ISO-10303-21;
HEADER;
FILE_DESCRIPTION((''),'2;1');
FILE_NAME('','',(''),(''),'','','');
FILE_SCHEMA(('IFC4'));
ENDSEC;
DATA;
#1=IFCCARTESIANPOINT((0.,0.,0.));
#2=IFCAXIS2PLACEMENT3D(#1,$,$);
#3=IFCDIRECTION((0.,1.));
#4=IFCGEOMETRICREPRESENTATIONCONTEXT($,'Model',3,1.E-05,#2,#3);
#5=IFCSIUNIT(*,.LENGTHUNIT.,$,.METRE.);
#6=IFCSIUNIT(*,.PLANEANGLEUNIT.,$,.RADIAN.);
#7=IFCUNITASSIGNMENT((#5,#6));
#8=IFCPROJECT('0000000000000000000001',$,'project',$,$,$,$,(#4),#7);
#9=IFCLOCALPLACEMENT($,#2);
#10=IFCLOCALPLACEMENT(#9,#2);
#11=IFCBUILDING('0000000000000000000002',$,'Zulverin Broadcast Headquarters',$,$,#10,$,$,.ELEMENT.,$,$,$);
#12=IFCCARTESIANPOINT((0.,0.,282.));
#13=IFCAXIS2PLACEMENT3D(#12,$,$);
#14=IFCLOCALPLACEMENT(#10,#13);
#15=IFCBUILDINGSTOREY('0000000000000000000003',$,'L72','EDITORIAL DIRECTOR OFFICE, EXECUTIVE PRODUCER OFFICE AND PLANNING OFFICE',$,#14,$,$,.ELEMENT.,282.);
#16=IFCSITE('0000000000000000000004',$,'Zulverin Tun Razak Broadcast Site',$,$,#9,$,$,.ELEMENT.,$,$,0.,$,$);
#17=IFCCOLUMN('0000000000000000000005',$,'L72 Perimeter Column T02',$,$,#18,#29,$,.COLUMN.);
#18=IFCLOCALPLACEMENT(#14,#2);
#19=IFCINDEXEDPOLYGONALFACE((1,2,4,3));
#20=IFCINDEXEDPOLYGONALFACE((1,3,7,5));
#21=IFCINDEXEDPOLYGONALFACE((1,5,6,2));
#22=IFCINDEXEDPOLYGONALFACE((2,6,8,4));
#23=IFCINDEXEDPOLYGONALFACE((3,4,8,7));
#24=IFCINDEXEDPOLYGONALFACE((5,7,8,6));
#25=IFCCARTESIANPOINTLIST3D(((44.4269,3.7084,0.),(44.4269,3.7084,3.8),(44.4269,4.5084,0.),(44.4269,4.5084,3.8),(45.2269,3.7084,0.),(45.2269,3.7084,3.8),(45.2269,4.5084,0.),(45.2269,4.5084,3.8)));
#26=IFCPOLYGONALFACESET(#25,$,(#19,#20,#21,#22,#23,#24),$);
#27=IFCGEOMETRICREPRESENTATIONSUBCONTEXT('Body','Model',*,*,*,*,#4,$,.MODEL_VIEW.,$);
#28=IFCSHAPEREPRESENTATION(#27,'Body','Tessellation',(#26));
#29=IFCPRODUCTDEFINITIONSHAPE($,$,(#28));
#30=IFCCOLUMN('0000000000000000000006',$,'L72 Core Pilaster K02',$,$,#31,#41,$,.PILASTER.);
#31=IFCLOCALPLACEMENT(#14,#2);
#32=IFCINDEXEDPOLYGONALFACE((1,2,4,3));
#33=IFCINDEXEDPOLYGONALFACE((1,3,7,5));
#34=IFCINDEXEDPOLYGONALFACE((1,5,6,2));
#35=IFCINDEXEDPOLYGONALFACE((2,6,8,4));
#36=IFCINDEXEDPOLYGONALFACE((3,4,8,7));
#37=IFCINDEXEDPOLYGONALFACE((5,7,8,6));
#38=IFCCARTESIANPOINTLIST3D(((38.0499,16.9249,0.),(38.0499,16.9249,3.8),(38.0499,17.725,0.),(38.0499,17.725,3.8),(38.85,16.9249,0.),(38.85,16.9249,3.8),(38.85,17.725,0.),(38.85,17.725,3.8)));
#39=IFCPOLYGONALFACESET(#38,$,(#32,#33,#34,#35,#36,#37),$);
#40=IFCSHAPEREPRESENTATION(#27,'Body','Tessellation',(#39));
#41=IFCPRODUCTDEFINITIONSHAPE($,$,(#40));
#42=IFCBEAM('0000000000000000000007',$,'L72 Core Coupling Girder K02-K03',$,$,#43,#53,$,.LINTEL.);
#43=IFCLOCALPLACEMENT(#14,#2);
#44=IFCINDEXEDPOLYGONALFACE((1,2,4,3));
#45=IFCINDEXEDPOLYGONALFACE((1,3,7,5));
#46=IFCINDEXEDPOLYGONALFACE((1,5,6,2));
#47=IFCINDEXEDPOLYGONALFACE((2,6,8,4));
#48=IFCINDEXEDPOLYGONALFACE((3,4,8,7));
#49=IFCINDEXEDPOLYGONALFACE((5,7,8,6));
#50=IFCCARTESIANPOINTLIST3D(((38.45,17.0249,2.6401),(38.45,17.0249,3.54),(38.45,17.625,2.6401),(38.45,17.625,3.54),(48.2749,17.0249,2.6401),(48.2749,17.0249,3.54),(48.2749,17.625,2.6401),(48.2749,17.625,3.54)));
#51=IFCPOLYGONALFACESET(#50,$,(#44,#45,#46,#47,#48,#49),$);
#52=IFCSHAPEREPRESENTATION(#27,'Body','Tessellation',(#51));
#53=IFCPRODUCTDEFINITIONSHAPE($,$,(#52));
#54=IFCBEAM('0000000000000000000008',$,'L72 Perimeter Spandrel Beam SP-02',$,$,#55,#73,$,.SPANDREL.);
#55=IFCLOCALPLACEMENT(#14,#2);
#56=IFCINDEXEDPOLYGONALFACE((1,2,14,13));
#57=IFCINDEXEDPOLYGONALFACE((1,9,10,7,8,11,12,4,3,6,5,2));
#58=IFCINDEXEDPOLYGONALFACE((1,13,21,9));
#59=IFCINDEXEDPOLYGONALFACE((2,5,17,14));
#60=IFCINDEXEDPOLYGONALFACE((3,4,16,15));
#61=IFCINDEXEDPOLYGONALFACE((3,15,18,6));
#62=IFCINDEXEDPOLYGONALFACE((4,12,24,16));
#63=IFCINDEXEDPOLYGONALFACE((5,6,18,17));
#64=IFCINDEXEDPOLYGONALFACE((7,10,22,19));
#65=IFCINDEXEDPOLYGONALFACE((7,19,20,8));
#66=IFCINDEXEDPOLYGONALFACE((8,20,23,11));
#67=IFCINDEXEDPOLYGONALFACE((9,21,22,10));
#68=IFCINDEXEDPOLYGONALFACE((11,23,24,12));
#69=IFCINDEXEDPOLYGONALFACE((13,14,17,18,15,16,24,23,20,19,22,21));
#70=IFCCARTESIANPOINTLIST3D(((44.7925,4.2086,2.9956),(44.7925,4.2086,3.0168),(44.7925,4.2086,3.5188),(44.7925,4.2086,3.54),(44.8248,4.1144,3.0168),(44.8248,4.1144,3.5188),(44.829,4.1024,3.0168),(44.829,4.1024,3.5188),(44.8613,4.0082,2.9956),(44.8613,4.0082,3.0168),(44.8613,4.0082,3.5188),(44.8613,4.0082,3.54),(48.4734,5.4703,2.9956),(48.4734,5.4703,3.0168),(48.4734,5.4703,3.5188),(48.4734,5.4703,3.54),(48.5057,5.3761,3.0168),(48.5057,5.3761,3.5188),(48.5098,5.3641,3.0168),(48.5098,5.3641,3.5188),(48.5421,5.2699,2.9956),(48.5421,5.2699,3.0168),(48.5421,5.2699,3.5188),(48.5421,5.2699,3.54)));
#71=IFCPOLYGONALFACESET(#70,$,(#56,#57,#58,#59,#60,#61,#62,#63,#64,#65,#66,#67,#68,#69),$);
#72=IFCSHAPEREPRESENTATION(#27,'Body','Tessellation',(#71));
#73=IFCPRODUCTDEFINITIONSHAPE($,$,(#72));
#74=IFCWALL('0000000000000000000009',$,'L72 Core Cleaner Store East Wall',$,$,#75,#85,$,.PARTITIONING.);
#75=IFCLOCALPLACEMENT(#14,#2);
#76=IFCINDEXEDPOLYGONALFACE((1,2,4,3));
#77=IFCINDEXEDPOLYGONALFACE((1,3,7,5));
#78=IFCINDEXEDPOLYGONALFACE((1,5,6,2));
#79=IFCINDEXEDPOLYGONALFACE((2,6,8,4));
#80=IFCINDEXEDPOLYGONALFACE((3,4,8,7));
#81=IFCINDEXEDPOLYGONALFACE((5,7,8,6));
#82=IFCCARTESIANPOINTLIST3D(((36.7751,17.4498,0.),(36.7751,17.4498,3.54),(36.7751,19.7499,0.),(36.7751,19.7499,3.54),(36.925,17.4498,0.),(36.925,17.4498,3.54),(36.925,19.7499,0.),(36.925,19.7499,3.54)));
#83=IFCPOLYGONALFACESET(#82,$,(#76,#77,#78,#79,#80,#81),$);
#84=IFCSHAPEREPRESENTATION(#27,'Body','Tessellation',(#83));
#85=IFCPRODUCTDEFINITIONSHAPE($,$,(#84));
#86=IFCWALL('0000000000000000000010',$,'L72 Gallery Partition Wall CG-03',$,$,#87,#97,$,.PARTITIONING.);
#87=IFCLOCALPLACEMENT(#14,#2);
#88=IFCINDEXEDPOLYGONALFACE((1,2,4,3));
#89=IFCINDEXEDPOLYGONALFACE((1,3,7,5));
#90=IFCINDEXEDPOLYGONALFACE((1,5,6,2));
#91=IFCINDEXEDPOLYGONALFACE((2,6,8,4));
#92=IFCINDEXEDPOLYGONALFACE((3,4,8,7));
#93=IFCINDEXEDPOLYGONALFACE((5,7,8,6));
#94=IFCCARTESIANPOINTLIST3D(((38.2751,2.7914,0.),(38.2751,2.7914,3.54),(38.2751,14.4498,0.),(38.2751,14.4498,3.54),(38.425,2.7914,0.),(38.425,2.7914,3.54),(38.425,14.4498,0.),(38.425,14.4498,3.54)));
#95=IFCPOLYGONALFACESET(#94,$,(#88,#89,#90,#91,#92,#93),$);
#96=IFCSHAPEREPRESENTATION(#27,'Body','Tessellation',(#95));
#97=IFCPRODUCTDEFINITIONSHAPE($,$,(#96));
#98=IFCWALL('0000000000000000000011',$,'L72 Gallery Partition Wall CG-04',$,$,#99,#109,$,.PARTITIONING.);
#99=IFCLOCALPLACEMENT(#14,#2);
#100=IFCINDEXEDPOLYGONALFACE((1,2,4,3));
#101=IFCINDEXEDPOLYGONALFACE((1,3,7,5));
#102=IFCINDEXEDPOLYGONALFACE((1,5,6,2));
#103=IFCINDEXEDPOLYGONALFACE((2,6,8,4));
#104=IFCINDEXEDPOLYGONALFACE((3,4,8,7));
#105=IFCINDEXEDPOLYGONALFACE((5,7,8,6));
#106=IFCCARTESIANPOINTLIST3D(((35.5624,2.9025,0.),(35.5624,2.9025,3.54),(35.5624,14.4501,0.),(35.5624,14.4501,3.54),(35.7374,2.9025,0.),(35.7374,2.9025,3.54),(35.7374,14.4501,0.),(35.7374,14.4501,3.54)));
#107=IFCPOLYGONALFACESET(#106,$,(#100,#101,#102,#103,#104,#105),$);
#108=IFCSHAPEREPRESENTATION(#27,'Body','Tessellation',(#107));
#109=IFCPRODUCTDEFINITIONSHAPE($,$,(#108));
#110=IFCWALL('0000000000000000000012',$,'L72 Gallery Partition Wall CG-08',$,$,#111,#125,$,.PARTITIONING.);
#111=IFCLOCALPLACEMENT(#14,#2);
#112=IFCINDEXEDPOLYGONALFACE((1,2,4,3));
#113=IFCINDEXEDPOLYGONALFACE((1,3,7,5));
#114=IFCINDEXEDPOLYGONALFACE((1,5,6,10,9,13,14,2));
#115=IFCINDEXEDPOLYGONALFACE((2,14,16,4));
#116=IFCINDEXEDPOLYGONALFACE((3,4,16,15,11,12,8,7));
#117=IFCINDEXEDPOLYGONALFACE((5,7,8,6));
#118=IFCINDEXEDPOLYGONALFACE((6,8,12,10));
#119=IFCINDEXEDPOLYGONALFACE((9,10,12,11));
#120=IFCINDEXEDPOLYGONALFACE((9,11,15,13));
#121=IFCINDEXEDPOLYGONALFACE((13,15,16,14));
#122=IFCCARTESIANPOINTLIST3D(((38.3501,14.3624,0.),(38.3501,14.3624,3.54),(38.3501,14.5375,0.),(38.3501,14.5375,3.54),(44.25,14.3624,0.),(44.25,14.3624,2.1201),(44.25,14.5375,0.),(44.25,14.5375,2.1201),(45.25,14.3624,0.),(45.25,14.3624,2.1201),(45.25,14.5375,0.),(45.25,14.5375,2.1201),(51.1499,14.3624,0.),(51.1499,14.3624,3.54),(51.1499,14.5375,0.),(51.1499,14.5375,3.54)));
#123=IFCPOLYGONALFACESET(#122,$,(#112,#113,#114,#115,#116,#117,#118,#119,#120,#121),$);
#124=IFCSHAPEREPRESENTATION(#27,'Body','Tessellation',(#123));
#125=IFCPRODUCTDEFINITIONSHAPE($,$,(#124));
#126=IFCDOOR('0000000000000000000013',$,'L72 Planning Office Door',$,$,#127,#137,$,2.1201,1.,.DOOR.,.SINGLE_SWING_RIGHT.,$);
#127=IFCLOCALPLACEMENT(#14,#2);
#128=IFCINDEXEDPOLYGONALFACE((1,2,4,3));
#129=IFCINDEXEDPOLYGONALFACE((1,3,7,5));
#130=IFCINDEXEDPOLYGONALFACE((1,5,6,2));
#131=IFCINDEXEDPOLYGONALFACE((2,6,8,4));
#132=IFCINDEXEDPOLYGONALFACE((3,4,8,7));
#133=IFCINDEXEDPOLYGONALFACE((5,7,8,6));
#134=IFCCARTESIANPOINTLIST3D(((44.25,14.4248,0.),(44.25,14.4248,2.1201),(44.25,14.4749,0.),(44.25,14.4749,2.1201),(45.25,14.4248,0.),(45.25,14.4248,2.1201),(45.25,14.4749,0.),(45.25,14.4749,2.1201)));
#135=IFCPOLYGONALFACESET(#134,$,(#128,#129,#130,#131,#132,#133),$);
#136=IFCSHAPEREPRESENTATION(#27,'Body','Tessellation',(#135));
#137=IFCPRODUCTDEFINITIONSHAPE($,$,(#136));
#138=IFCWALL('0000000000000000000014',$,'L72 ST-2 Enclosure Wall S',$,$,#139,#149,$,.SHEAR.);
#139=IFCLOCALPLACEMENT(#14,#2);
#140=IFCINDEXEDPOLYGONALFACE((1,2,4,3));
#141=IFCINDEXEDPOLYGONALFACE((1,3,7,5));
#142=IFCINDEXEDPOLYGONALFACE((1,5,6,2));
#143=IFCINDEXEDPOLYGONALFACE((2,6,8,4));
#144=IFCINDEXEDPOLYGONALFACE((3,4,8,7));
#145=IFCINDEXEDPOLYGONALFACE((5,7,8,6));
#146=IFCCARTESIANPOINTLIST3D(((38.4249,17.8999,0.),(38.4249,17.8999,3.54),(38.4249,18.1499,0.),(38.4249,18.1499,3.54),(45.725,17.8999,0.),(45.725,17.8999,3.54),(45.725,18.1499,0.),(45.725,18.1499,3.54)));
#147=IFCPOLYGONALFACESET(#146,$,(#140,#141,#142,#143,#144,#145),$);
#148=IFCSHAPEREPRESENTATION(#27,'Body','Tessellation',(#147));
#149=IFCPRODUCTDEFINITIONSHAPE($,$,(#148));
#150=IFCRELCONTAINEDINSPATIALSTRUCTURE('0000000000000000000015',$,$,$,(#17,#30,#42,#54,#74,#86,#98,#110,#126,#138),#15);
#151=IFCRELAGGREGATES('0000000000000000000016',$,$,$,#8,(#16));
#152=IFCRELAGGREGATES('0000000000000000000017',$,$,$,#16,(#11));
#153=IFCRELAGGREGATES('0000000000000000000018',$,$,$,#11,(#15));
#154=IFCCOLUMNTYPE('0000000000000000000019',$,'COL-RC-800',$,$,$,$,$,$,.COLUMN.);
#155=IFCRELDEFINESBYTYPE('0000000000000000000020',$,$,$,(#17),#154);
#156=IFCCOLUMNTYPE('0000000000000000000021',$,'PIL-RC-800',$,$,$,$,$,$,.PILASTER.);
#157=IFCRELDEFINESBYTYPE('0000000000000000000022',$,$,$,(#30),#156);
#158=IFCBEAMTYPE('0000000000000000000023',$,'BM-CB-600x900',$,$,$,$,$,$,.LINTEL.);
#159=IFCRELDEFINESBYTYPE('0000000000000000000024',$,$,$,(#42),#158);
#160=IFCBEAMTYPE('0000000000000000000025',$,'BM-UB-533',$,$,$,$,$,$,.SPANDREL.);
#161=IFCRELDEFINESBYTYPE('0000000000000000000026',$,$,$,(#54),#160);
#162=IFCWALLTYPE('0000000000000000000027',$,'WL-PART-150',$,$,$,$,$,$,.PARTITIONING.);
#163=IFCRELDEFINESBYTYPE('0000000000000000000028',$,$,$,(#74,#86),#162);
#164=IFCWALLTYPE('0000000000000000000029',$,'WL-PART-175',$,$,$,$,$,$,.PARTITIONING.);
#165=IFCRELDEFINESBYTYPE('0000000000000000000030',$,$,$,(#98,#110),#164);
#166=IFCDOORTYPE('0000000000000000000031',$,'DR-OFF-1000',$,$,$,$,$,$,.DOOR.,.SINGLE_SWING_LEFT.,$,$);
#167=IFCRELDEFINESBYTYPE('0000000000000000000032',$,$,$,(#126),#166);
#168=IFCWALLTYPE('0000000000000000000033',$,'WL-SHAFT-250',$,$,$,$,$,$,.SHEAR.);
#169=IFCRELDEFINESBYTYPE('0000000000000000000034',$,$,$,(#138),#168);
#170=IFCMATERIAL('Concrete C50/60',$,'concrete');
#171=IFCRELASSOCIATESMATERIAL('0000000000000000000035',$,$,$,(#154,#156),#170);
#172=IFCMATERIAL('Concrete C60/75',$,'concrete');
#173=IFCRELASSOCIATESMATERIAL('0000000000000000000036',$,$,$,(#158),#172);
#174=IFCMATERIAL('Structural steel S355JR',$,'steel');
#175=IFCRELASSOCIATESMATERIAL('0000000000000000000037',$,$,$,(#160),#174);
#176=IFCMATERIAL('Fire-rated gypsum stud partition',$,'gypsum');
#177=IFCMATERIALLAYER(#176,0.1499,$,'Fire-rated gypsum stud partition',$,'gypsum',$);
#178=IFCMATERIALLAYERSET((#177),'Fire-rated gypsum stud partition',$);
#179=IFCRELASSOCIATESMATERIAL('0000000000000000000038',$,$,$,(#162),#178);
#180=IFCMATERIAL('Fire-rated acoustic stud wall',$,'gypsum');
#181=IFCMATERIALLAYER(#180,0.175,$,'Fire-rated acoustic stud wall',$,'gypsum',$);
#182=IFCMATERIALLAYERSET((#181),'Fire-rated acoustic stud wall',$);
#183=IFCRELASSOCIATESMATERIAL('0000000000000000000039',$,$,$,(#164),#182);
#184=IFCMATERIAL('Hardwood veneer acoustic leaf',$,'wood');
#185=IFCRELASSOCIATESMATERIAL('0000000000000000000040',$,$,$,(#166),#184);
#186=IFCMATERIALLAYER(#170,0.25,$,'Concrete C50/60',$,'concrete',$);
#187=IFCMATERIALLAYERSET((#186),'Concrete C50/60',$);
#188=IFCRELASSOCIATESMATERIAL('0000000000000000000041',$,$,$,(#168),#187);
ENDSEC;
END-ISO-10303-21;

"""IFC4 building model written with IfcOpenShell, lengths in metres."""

from ifc_helpers import new_model, si_unit, direction, frame, frame_2d, origin, origin_2d, place, context, subcontext, project, spatial, rectangle, i_section, extrude, material, layer, layer_set, material_profile, profile_set, type_object, element, fill, save


model = new_model("IFC4")

# Units and contexts
model_context = context("Model", 3, precision=1e-05, world=origin(), true_north=direction((0.0, 1.0)))
body_context = subcontext(model_context, "Body", "Model", "MODEL_VIEW")
ifc_project = project(units=[si_unit("LENGTHUNIT", "METRE"), si_unit("PLANEANGLEUNIT", "RADIAN")], contexts=[model_context])

# Site, building, storey
site_placement = place(None, origin())
site = spatial("IfcSite", under=ifc_project, at=site_placement, Name="Zulverin Tun Razak Broadcast Site", CompositionType="ELEMENT", RefElevation=0.0)
building_placement = place(site_placement, origin())
building = spatial("IfcBuilding", under=site, at=building_placement, Name="Zulverin Broadcast Headquarters", CompositionType="ELEMENT")
storey_placement = place(building_placement, frame((0.0, 0.0, 282.0)))
storey = spatial("IfcBuildingStorey", under=building, at=storey_placement, Name="L72", Description="EDITORIAL DIRECTOR OFFICE, EXECUTIVE PRODUCER OFFICE AND PLANNING OFFICE", CompositionType="ELEMENT", Elevation=282.0)

# Columns
ifc_material_1 = material(Name="Concrete C50/60", Category="concrete")
ifc_material_profile_1 = material_profile(ifc_material_1, rectangle(XDim=0.8, YDim=0.8, at=origin_2d()), Name="Concrete C50/60", Category="concrete")
ifc_profile_set_1 = profile_set([ifc_material_profile_1], Name="Concrete C50/60")
column_type_1 = type_object("IfcColumnType", Name="COL-RC-800", PredefinedType="COLUMN", material=ifc_profile_set_1)
column_1_placement = place(storey_placement, frame((44.8269, 4.1084, 0.0), z_axis=(0.0, 0.0, 1.0), x_axis=(1.0, 0.0, 0.0)))
element("IfcColumn", 1, at=column_1_placement, inside=storey, type_object=column_type_1, Name="L72 Perimeter Column T02", PredefinedType="COLUMN", context=body_context, shape_type="SweptSolid", body=[
    extrude(rectangle(XDim=0.8, YDim=0.8, at=origin_2d()), origin(), (0.0, 0.0, 1.0), 3.8),
])
ifc_material_profile_2 = material_profile(ifc_material_1, rectangle(XDim=0.8, YDim=0.8, at=origin_2d()), Name="Concrete C50/60", Category="concrete")
ifc_profile_set_2 = profile_set([ifc_material_profile_2], Name="Concrete C50/60")
column_type_2 = type_object("IfcColumnType", Name="PIL-RC-800", PredefinedType="PILASTER", material=ifc_profile_set_2)
column_2_placement = place(storey_placement, frame((38.45, 17.325, 0.0), z_axis=(0.0, 0.0, 1.0), x_axis=(1.0, 0.0, 0.0)))
element("IfcColumn", 2, at=column_2_placement, inside=storey, type_object=column_type_2, Name="L72 Core Pilaster K02", PredefinedType="PILASTER", context=body_context, shape_type="SweptSolid", body=[
    extrude(rectangle(XDim=0.8, YDim=0.8, at=origin_2d()), origin(), (0.0, 0.0, 1.0), 3.8),
])

# Beams
ifc_material_2 = material(Name="Concrete C60/75", Category="concrete")
ifc_material_profile_3 = material_profile(ifc_material_2, rectangle(XDim=0.6001, YDim=0.8999, at=origin_2d()), Name="Concrete C60/75", Category="concrete")
ifc_profile_set_3 = profile_set([ifc_material_profile_3], Name="Concrete C60/75")
beam_type_1 = type_object("IfcBeamType", Name="BM-CB-600x900", PredefinedType="LINTEL", material=ifc_profile_set_3)
beam_1_placement = place(storey_placement, frame((38.45, 17.325, 3.0901), z_axis=(1.0, 0.0, 0.0), x_axis=(0.0, 1.0, 0.0)))
element("IfcBeam", 3, at=beam_1_placement, inside=storey, type_object=beam_type_1, Name="L72 Core Coupling Girder K02-K03", PredefinedType="LINTEL", context=body_context, shape_type="SweptSolid", body=[
    extrude(rectangle(XDim=0.6001, YDim=0.8999, at=origin_2d()), origin(), (0.0, 0.0, 1.0), 9.825),
])
ifc_material_3 = material(Name="Structural steel S355JR", Category="steel")
ifc_material_profile_4 = material_profile(ifc_material_3, i_section(OverallWidth=0.2119, OverallDepth=0.5444, WebThickness=0.0127, FlangeThickness=0.0212, at=origin_2d()), Name="Structural steel S355JR", Category="steel")
ifc_profile_set_4 = profile_set([ifc_material_profile_4], Name="Structural steel S355JR")
beam_type_2 = type_object("IfcBeamType", Name="BM-UB-533", PredefinedType="SPANDREL", material=ifc_profile_set_4)
beam_2_placement = place(storey_placement, frame((44.8269, 4.1084, 3.2678), z_axis=(0.94597, 0.324254, 0.0), x_axis=(-0.324254, 0.94597, 0.0)))
element("IfcBeam", 4, at=beam_2_placement, inside=storey, type_object=beam_type_2, Name="L72 Perimeter Spandrel Beam SP-02", PredefinedType="SPANDREL", context=body_context, shape_type="SweptSolid", body=[
    extrude(i_section(OverallWidth=0.2119, OverallDepth=0.5444, WebThickness=0.0127, FlangeThickness=0.0212, at=origin_2d()), origin(), (0.0, 0.0, 1.0), 3.8911),
])

# Walls
ifc_material_4 = material(Name="Fire-rated gypsum stud partition", Category="gypsum")
ifc_layer_1 = layer(ifc_material_4, 0.1499, Name="Fire-rated gypsum stud partition", Category="gypsum")
ifc_layer_set_1 = layer_set([ifc_layer_1], Name="Fire-rated gypsum stud partition")
wall_type_1 = type_object("IfcWallType", Name="WL-PART-150", PredefinedType="PARTITIONING", material=ifc_layer_set_1)
wall_1_placement = place(storey_placement, frame((36.8501, 17.45, 0.0), z_axis=(0.0, 0.0, 1.0), x_axis=(0.0, 1.0, 0.0)))
element("IfcWall", 5, at=wall_1_placement, inside=storey, type_object=wall_type_1, Name="L72 Core Cleaner Store East Wall", PredefinedType="PARTITIONING", context=body_context, shape_type="SweptSolid", body=[
    extrude(rectangle(XDim=2.3, YDim=0.1499, at=frame_2d((1.1499, 0.0))), origin(), (0.0, 0.0, 1.0), 3.54),
])
wall_2_placement = place(storey_placement, frame((38.3501, 2.7915, 0.0), z_axis=(0.0, 0.0, 1.0), x_axis=(0.0, 1.0, 0.0)))
element("IfcWall", 6, at=wall_2_placement, inside=storey, type_object=wall_type_1, Name="L72 Gallery Partition Wall CG-03", PredefinedType="PARTITIONING", context=body_context, shape_type="SweptSolid", body=[
    extrude(rectangle(XDim=11.6584, YDim=0.1499, at=frame_2d((5.8291, 0.0))), origin(), (0.0, 0.0, 1.0), 3.54),
])
ifc_material_5 = material(Name="Fire-rated acoustic stud wall", Category="gypsum")
ifc_layer_2 = layer(ifc_material_5, 0.175, Name="Fire-rated acoustic stud wall", Category="gypsum")
ifc_layer_set_2 = layer_set([ifc_layer_2], Name="Fire-rated acoustic stud wall")
wall_type_2 = type_object("IfcWallType", Name="WL-PART-175", PredefinedType="PARTITIONING", material=ifc_layer_set_2)
wall_3_placement = place(storey_placement, frame((35.6499, 2.9023, 0.0), z_axis=(0.0, 0.0, 1.0), x_axis=(0.0, 1.0, 0.0)))
element("IfcWall", 7, at=wall_3_placement, inside=storey, type_object=wall_type_2, Name="L72 Gallery Partition Wall CG-04", PredefinedType="PARTITIONING", context=body_context, shape_type="SweptSolid", body=[
    extrude(rectangle(XDim=11.5476, YDim=0.175, at=frame_2d((5.7739, 0.0))), origin(), (0.0, 0.0, 1.0), 3.54),
])

# Wall, opening, door
wall_4_placement = place(storey_placement, frame((38.3501, 14.45, 0.0), z_axis=(0.0, 0.0, 1.0), x_axis=(1.0, 0.0, 0.0)))
wall_4 = element("IfcWall", 8, at=wall_4_placement, inside=storey, type_object=wall_type_2, Name="L72 Gallery Partition Wall CG-08", PredefinedType="PARTITIONING", context=body_context, shape_type="SweptSolid", body=[
    extrude(rectangle(XDim=12.7998, YDim=0.175, at=frame_2d((6.3999, 0.0))), origin(), (0.0, 0.0, 1.0), 3.54),
])
opening_1_placement = place(wall_4_placement, frame((5.8999, 0.0, 0.0)))
opening_1 = element("IfcOpeningElement", 9, at=opening_1_placement, cuts=wall_4, PredefinedType="OPENING", context=body_context, shape_type="SweptSolid", body=[
    extrude(rectangle(XDim=1.0, YDim=2.1201, at=frame_2d((0.5, 1.0601))), frame((0.0, 0.0974, 0.0), z_axis=(0.0, -1.0, 0.0), x_axis=(1.0, 0.0, 0.0)), (0.0, 0.0, 1.0), 0.1951),
])
ifc_material_6 = material(Name="Hardwood veneer acoustic leaf", Category="wood")
door_type_1 = type_object("IfcDoorType", Name="DR-OFF-1000", OperationType="SINGLE_SWING_LEFT", PredefinedType="DOOR", material=ifc_material_6)
door_1_placement = place(opening_1_placement, origin())
door_1 = element("IfcDoor", 10, at=door_1_placement, inside=storey, type_object=door_type_1, Name="L72 Planning Office Door", OperationType="SINGLE_SWING_RIGHT", OverallHeight=2.1201, OverallWidth=1.0, PredefinedType="DOOR", context=body_context, shape_type="SweptSolid", body=[
    extrude(rectangle(XDim=1.0, YDim=2.1201, at=frame_2d((0.5, 1.0601))), frame((0.0, 0.0249, 0.0), z_axis=(0.0, -1.0, 0.0), x_axis=(1.0, 0.0, 0.0)), (0.0, 0.0, 1.0), 0.05),
])
fill(opening_1, door_1)

# Wall
ifc_layer_3 = layer(ifc_material_1, 0.25, Name="Concrete C50/60", Category="concrete")
ifc_layer_set_3 = layer_set([ifc_layer_3], Name="Concrete C50/60")
wall_type_3 = type_object("IfcWallType", Name="WL-SHAFT-250", PredefinedType="SHEAR", material=ifc_layer_set_3)
wall_5_placement = place(storey_placement, frame((38.425, 18.0249, 0.0), z_axis=(0.0, 0.0, 1.0), x_axis=(1.0, 0.0, 0.0)))
element("IfcWall", 11, at=wall_5_placement, inside=storey, type_object=wall_type_3, Name="L72 ST-2 Enclosure Wall S", PredefinedType="SHEAR", context=body_context, shape_type="SweptSolid", body=[
    extrude(rectangle(XDim=7.3, YDim=0.25, at=frame_2d((3.6499, 0.0))), origin(), (0.0, 0.0, 1.0), 3.54),
])

save(model, "model.ifc")
